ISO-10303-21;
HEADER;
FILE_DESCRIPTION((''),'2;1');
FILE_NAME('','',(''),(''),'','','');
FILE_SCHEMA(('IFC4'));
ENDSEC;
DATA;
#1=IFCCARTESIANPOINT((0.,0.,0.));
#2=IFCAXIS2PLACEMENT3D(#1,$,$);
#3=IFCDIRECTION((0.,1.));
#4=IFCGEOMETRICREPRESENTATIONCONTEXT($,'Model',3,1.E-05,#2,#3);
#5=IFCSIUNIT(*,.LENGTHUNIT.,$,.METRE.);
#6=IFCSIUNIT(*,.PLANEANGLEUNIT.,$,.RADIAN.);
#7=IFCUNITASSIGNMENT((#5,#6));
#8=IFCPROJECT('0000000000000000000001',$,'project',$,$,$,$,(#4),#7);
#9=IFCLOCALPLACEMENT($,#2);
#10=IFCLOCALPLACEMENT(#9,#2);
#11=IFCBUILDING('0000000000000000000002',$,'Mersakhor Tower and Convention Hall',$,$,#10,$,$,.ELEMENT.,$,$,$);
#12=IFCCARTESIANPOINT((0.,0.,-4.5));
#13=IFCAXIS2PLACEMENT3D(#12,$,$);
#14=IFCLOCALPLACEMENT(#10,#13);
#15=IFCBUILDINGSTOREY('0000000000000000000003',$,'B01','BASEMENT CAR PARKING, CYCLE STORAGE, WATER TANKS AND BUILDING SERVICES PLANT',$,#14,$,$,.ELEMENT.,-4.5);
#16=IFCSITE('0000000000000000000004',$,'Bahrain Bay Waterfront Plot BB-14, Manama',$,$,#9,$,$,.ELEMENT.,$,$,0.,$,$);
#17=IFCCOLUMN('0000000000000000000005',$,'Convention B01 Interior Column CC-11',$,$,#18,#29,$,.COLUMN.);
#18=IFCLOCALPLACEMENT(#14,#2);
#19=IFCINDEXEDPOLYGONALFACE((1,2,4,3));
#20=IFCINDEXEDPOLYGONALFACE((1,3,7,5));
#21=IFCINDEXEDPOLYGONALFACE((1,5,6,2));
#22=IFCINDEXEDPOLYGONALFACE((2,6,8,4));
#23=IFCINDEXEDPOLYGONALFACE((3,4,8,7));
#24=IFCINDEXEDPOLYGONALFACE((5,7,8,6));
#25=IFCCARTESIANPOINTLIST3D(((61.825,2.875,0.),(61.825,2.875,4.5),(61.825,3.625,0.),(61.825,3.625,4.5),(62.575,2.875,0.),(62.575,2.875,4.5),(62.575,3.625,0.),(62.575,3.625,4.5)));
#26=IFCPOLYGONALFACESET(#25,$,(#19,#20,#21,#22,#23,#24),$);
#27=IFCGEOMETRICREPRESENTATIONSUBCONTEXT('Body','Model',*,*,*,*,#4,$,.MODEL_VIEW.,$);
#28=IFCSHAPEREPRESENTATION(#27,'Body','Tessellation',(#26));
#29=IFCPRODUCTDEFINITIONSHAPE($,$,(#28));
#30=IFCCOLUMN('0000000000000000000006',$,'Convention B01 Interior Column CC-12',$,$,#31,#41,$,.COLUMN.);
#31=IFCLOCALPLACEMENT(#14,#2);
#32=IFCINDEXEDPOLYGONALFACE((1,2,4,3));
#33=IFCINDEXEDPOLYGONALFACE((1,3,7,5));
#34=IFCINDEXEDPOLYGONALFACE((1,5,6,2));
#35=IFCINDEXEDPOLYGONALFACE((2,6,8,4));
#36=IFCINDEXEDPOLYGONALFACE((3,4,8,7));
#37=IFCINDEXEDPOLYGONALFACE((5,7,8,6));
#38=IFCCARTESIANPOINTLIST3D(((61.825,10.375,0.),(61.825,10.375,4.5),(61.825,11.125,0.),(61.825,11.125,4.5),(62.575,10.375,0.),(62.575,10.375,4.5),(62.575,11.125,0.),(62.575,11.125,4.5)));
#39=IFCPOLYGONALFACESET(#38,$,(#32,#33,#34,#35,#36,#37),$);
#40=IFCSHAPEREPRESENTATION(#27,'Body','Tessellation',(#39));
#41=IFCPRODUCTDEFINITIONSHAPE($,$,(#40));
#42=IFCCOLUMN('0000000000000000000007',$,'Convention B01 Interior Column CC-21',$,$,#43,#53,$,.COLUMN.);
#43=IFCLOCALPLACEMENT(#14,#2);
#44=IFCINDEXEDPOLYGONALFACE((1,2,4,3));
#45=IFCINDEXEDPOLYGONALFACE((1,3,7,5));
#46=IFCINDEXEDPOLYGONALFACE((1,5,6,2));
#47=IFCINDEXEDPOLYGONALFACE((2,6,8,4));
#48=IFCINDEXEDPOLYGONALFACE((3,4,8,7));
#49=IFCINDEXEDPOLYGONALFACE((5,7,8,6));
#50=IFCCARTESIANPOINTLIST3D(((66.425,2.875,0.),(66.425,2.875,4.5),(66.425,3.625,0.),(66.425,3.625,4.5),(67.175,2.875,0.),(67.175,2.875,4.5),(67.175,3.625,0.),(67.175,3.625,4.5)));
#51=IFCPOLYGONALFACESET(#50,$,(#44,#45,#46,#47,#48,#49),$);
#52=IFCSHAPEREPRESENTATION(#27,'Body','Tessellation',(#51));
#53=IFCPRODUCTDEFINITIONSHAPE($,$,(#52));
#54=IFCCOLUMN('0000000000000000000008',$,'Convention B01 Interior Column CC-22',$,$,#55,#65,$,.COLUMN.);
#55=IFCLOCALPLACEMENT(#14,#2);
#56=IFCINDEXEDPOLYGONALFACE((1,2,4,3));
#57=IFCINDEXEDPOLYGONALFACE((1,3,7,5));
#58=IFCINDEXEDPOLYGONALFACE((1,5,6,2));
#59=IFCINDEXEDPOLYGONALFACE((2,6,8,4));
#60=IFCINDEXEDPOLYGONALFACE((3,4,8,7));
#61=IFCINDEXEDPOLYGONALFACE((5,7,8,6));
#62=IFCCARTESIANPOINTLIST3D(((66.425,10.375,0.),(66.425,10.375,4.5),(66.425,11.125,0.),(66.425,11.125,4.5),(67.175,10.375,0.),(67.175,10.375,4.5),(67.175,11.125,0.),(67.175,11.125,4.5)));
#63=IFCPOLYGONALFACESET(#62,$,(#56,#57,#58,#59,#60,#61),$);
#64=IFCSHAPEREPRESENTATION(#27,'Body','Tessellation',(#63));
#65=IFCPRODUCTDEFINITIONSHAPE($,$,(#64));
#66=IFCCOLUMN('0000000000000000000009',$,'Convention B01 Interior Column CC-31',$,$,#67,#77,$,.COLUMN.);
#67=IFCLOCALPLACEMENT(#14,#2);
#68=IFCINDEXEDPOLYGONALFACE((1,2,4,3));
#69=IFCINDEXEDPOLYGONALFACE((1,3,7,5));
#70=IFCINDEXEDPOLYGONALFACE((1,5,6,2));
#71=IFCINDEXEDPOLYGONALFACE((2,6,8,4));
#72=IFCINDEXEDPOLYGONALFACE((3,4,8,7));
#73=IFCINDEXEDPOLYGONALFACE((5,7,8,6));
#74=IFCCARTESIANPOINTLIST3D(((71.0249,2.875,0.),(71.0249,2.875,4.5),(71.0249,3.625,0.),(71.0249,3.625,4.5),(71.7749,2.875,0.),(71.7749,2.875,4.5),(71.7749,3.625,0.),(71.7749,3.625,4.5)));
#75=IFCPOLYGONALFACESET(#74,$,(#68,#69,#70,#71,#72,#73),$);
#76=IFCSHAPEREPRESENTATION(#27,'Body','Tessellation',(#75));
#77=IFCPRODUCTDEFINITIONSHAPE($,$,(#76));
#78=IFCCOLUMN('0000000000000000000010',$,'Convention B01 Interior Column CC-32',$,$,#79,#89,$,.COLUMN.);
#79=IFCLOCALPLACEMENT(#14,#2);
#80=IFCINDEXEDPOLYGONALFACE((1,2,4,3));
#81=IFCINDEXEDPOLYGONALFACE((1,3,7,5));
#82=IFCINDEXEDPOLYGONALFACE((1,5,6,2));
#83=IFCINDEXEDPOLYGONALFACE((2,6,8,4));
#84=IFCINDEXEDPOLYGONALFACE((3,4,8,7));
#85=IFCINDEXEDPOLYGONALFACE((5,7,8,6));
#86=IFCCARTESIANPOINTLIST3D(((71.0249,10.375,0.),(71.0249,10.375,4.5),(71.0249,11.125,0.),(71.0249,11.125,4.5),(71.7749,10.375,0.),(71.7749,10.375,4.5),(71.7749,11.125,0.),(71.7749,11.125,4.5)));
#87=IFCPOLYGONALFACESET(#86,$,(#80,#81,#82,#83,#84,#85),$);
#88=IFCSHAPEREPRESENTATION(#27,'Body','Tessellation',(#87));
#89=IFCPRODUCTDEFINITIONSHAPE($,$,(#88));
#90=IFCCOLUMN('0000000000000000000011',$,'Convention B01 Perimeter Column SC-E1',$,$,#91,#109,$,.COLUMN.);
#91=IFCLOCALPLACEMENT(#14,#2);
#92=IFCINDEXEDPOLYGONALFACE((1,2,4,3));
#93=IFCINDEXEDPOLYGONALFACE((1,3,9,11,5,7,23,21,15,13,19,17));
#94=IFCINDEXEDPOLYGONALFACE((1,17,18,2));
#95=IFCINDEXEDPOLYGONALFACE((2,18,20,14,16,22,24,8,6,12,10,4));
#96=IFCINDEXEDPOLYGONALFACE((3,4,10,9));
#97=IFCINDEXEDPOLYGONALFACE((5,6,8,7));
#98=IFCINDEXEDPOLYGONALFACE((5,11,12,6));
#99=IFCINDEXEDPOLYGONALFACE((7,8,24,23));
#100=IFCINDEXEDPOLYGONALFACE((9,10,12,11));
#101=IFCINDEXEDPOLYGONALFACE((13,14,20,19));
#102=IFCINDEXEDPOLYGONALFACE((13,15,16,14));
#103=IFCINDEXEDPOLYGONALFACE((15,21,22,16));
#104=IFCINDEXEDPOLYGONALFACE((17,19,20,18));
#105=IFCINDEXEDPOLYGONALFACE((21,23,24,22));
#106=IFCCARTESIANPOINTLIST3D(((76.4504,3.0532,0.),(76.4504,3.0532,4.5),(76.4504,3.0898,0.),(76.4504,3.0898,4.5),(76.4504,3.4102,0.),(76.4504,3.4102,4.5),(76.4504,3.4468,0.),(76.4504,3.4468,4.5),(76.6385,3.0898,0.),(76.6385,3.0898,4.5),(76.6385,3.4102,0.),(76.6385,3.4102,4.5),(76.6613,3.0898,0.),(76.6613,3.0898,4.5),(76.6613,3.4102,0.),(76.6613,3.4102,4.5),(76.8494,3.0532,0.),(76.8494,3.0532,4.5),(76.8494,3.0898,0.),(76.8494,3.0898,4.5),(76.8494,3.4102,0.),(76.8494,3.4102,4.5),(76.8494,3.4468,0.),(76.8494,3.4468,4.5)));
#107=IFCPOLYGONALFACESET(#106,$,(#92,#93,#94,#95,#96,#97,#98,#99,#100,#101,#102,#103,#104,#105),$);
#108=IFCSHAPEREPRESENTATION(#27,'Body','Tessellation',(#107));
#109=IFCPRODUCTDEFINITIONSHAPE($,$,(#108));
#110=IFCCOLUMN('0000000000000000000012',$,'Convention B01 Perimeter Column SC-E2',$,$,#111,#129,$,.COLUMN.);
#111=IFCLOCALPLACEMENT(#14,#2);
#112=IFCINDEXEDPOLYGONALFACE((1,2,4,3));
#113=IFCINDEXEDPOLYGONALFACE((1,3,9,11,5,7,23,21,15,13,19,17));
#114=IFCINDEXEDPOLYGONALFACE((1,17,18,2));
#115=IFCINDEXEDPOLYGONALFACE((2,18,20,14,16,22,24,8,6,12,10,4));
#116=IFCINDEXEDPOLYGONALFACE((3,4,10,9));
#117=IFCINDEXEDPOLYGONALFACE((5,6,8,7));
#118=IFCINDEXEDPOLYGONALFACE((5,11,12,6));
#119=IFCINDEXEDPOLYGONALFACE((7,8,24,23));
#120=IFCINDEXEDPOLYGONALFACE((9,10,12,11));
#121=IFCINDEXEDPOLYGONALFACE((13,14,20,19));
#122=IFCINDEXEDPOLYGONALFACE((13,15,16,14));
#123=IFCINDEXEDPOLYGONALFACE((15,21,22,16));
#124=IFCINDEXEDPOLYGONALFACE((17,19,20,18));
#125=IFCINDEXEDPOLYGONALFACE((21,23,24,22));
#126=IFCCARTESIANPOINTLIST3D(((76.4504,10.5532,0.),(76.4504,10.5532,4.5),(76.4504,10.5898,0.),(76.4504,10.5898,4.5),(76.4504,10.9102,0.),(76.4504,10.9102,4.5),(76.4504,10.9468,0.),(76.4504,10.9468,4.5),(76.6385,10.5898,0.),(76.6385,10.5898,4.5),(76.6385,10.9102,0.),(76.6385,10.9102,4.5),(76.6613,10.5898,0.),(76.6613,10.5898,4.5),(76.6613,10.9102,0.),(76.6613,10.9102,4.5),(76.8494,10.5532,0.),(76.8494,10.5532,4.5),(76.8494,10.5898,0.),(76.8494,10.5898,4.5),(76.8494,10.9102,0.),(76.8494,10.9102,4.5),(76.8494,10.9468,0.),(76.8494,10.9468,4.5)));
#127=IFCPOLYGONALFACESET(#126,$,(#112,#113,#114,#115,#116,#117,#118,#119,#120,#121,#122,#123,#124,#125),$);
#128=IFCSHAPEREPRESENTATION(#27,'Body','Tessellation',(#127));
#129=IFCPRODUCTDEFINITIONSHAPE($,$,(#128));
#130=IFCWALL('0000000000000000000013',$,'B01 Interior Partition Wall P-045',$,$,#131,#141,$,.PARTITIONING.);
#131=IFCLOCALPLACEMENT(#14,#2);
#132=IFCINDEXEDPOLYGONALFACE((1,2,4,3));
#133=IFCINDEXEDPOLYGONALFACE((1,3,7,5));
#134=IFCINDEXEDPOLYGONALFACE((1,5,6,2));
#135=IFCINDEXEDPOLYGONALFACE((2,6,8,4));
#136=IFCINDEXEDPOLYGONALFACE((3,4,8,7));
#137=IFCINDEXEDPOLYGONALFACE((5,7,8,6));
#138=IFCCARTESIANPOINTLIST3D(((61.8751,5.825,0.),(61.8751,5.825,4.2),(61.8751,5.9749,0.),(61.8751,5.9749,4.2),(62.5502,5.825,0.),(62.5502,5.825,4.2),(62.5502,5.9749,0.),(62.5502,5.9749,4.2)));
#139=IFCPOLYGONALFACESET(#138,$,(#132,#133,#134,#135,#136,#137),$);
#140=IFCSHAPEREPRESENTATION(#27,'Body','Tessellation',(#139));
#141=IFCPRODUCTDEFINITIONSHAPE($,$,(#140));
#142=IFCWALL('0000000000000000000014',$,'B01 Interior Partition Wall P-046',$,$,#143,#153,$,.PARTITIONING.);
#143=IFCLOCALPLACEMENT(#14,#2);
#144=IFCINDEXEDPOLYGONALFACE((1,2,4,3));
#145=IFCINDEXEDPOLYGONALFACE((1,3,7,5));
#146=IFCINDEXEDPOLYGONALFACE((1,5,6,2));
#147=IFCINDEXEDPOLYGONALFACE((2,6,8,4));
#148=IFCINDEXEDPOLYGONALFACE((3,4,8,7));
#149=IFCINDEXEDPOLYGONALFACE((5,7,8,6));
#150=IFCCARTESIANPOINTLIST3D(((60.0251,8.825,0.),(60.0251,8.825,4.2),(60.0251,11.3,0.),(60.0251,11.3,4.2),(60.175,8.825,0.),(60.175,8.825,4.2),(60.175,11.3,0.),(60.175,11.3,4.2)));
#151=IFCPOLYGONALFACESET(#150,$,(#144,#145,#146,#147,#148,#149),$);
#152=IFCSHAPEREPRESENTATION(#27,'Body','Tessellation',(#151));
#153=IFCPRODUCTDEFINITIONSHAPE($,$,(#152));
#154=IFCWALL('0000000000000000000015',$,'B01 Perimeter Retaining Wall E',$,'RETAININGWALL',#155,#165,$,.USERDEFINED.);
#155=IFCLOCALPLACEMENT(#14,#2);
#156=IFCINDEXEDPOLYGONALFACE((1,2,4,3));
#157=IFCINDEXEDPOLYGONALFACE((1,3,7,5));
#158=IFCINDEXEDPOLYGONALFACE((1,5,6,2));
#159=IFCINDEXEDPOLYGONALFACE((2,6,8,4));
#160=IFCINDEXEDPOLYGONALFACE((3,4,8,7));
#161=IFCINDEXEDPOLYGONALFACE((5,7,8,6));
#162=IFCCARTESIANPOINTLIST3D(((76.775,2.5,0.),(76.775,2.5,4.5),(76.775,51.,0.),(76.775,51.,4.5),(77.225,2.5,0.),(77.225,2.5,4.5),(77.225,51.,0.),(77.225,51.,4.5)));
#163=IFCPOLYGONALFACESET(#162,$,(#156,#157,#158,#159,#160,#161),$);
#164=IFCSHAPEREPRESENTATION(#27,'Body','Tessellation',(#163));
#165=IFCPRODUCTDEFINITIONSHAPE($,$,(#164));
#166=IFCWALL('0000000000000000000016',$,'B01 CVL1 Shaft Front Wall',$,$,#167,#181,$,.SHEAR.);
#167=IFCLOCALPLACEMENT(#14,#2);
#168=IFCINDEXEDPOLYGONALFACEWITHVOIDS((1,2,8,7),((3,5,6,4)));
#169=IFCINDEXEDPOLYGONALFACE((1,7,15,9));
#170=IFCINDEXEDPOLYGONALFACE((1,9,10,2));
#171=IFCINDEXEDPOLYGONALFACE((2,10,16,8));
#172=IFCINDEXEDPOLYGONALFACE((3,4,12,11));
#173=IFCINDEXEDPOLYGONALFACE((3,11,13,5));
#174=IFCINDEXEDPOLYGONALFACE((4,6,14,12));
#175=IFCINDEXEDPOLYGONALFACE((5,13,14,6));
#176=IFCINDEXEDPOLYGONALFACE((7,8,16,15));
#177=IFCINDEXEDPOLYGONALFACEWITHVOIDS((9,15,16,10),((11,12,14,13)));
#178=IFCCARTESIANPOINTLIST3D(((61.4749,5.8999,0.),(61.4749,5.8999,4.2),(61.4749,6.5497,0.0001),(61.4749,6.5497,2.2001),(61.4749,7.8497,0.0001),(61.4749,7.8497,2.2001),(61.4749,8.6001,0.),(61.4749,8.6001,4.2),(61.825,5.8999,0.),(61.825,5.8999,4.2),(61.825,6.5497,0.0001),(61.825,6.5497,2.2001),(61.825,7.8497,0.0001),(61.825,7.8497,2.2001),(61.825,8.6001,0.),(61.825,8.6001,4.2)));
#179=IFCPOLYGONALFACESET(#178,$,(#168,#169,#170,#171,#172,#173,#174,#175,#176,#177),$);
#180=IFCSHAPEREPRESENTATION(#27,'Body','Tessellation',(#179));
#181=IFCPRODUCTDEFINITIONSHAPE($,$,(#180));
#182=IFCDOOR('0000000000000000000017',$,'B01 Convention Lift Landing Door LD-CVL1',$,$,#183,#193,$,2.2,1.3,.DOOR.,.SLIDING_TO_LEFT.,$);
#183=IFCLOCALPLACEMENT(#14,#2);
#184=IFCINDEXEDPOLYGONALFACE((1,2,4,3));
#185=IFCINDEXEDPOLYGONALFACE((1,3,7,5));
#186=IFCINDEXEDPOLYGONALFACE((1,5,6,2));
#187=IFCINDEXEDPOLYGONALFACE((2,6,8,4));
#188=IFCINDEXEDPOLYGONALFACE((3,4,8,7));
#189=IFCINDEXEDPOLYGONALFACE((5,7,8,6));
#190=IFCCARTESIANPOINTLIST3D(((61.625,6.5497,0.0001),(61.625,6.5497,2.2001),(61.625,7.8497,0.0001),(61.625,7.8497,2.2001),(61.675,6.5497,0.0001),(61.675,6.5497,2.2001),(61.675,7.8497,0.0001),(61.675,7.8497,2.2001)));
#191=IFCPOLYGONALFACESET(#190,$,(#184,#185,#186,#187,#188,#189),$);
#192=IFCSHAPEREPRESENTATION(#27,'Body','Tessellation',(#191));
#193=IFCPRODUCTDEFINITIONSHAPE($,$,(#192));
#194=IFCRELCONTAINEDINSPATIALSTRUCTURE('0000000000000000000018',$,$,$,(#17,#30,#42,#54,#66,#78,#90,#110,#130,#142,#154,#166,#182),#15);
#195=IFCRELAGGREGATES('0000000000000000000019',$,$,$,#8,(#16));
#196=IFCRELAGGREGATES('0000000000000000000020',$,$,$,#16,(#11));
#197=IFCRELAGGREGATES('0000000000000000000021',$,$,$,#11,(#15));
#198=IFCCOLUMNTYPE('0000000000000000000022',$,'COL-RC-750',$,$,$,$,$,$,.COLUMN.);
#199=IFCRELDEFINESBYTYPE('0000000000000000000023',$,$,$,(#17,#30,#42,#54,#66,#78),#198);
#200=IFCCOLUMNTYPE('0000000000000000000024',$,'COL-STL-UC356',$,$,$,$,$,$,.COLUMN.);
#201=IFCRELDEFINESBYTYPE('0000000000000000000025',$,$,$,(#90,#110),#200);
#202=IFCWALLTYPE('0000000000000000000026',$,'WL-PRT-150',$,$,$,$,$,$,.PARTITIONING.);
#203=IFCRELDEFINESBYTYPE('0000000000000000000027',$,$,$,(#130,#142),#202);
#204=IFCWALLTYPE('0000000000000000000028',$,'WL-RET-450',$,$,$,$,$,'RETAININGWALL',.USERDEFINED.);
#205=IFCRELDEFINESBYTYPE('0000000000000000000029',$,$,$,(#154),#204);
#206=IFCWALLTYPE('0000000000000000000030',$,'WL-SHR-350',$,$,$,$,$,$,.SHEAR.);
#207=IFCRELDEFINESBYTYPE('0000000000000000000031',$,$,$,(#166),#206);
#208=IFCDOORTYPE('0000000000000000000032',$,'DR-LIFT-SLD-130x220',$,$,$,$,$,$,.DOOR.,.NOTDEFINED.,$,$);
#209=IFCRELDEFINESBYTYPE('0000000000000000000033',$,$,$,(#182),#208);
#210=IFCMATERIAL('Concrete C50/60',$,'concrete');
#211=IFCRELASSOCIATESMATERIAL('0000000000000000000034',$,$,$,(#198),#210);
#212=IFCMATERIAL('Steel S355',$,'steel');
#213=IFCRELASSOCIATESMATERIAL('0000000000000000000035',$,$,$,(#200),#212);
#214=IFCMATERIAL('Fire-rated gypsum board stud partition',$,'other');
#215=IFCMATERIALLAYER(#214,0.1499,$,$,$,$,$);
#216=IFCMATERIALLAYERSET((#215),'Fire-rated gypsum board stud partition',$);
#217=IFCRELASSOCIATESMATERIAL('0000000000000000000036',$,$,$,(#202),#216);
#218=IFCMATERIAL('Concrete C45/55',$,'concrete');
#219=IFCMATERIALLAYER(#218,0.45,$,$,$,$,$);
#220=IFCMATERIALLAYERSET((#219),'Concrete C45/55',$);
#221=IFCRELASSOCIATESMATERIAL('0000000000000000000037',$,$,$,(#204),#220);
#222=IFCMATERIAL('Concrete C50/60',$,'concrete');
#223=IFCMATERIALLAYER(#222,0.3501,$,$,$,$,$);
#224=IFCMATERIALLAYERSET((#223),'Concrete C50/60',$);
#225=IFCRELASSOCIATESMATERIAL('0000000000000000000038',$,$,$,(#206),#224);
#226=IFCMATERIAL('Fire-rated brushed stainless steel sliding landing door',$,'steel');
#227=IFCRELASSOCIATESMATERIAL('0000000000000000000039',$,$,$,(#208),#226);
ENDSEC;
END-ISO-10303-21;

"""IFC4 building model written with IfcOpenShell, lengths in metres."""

from ifc_helpers import new_model, si_unit, direction, frame, frame_2d, origin, origin_2d, place, context, subcontext, project, spatial, rectangle, i_section, extrude, material, layer, layer_set, material_profile, profile_set, type_object, element, fill, save


model = new_model("IFC4")

# Units and contexts
model_context = context("Model", 3, precision=1e-05, world=origin(), true_north=direction((0.0, 1.0)))
body_context = subcontext(model_context, "Body", "Model", "MODEL_VIEW")
ifc_project = project(units=[si_unit("LENGTHUNIT", "METRE"), si_unit("PLANEANGLEUNIT", "RADIAN")], contexts=[model_context])

# Site, building, storey
site_placement = place(None, origin())
site = spatial("IfcSite", under=ifc_project, at=site_placement, Name="Bahrain Bay Waterfront Plot BB-14, Manama", CompositionType="ELEMENT", RefElevation=0.0)
building_placement = place(site_placement, origin())
building = spatial("IfcBuilding", under=site, at=building_placement, Name="Mersakhor Tower and Convention Hall", CompositionType="ELEMENT")
storey_placement = place(building_placement, frame((0.0, 0.0, -4.5)))
storey = spatial("IfcBuildingStorey", under=building, at=storey_placement, Name="B01", Description="BASEMENT CAR PARKING, CYCLE STORAGE, WATER TANKS AND BUILDING SERVICES PLANT", CompositionType="ELEMENT", Elevation=-4.5)

# Columns
ifc_material_1 = material(Name="Concrete C50/60", Category="concrete")
ifc_material_profile_1 = material_profile(ifc_material_1, rectangle(XDim=0.75, YDim=0.75, at=origin_2d()), Name="RC 750x750")
ifc_profile_set_1 = profile_set([ifc_material_profile_1], Name="Concrete C50/60")
column_type_1 = type_object("IfcColumnType", Name="COL-RC-750", PredefinedType="COLUMN", material=ifc_profile_set_1)
for number, where, z_axis, x_axis, name in (
    (1, (62.2, 3.25, 0.0), (0.0, 0.0, 1.0), (1.0, 0.0, 0.0), "Convention B01 Interior Column CC-11"),
    (2, (62.2, 10.75, 0.0), (0.0, 0.0, 1.0), (1.0, 0.0, 0.0), "Convention B01 Interior Column CC-12"),
    (3, (66.8, 3.25, 0.0), (0.0, 0.0, 1.0), (1.0, 0.0, 0.0), "Convention B01 Interior Column CC-21"),
    (4, (66.8, 10.75, 0.0), (0.0, 0.0, 1.0), (1.0, 0.0, 0.0), "Convention B01 Interior Column CC-22"),
    (5, (71.3999, 3.25, 0.0), (0.0, 0.0, 1.0), (1.0, 0.0, 0.0), "Convention B01 Interior Column CC-31"),
    (6, (71.3999, 10.75, 0.0), (0.0, 0.0, 1.0), (1.0, 0.0, 0.0), "Convention B01 Interior Column CC-32"),
):
    element("IfcColumn", number, at=place(storey_placement, frame(where, z_axis=z_axis, x_axis=x_axis)), inside=storey, type_object=column_type_1, Name=name, PredefinedType="COLUMN", context=body_context, shape_type="SweptSolid", body=[
        extrude(rectangle(XDim=0.75, YDim=0.75, at=origin_2d()), origin(), (0.0, 0.0, 1.0), 4.5),
    ])
ifc_material_2 = material(Name="Steel S355", Category="steel")
ifc_material_profile_2 = material_profile(ifc_material_2, i_section(OverallWidth=0.3989, OverallDepth=0.3936, WebThickness=0.0227, FlangeThickness=0.0366, at=origin_2d()), Name="UC 356x406x287")
ifc_profile_set_2 = profile_set([ifc_material_profile_2], Name="Steel S355")
column_type_2 = type_object("IfcColumnType", Name="COL-STL-UC356", PredefinedType="COLUMN", material=ifc_profile_set_2)
for number, where, z_axis, x_axis, name in (
    (7, (76.6499, 3.25, 0.0), (0.0, 0.0, 1.0), (1.0, 0.0, 0.0), "Convention B01 Perimeter Column SC-E1"),
    (8, (76.6499, 10.75, 0.0), (0.0, 0.0, 1.0), (1.0, 0.0, 0.0), "Convention B01 Perimeter Column SC-E2"),
):
    element("IfcColumn", number, at=place(storey_placement, frame(where, z_axis=z_axis, x_axis=x_axis)), inside=storey, type_object=column_type_2, Name=name, PredefinedType="COLUMN", context=body_context, shape_type="SweptSolid", body=[
        extrude(i_section(OverallWidth=0.3989, OverallDepth=0.3936, WebThickness=0.0227, FlangeThickness=0.0366, at=origin_2d()), origin(), (0.0, 0.0, 1.0), 4.5),
    ])

# Walls
ifc_material_3 = material(Name="Fire-rated gypsum board stud partition", Category="other")
ifc_layer_1 = layer(ifc_material_3, 0.1499)
ifc_layer_set_1 = layer_set([ifc_layer_1], Name="Fire-rated gypsum board stud partition")
wall_type_1 = type_object("IfcWallType", Name="WL-PRT-150", PredefinedType="PARTITIONING", material=ifc_layer_set_1)
wall_1_placement = place(storey_placement, frame((62.55, 5.8999, 0.0), z_axis=(0.0, 0.0, 1.0), x_axis=(-1.0, 0.0, 0.0)))
element("IfcWall", 9, at=wall_1_placement, inside=storey, type_object=wall_type_1, Name="B01 Interior Partition Wall P-045", PredefinedType="PARTITIONING", context=body_context, shape_type="SweptSolid", body=[
    extrude(rectangle(XDim=0.675, YDim=0.1499, at=frame_2d((0.3374, 0.0))), origin(), (0.0, 0.0, 1.0), 4.2),
])
wall_2_placement = place(storey_placement, frame((60.1001, 8.825, 0.0), z_axis=(0.0, 0.0, 1.0), x_axis=(0.0, 1.0, 0.0)))
element("IfcWall", 10, at=wall_2_placement, inside=storey, type_object=wall_type_1, Name="B01 Interior Partition Wall P-046", PredefinedType="PARTITIONING", context=body_context, shape_type="SweptSolid", body=[
    extrude(rectangle(XDim=2.4751, YDim=0.1499, at=frame_2d((1.2375, 0.0))), origin(), (0.0, 0.0, 1.0), 4.2),
])
ifc_material_4 = material(Name="Concrete C45/55", Category="concrete")
ifc_layer_2 = layer(ifc_material_4, 0.45)
ifc_layer_set_2 = layer_set([ifc_layer_2], Name="Concrete C45/55")
wall_type_2 = type_object("IfcWallType", Name="WL-RET-450", ElementType="RETAININGWALL", PredefinedType="USERDEFINED", material=ifc_layer_set_2)
wall_3_placement = place(storey_placement, frame((77.0, 2.5, 0.0), z_axis=(0.0, 0.0, 1.0), x_axis=(0.0, 1.0, 0.0)))
element("IfcWall", 11, at=wall_3_placement, inside=storey, type_object=wall_type_2, Name="B01 Perimeter Retaining Wall E", ObjectType="RETAININGWALL", PredefinedType="USERDEFINED", context=body_context, shape_type="SweptSolid", body=[
    extrude(rectangle(XDim=48.5, YDim=0.45, at=frame_2d((24.25, 0.0))), origin(), (0.0, 0.0, 1.0), 4.5),
])

# Wall, opening, door
ifc_material_5 = material(Name="Concrete C50/60", Category="concrete")
ifc_layer_3 = layer(ifc_material_5, 0.3501)
ifc_layer_set_3 = layer_set([ifc_layer_3], Name="Concrete C50/60")
wall_type_3 = type_object("IfcWallType", Name="WL-SHR-350", PredefinedType="SHEAR", material=ifc_layer_set_3)
wall_4_placement = place(storey_placement, frame((61.6499, 5.8999, 0.0), z_axis=(0.0, 0.0, 1.0), x_axis=(0.0, 1.0, 0.0)))
wall_4 = element("IfcWall", 12, at=wall_4_placement, inside=storey, type_object=wall_type_3, Name="B01 CVL1 Shaft Front Wall", PredefinedType="SHEAR", context=body_context, shape_type="SweptSolid", body=[
    extrude(rectangle(XDim=2.7002, YDim=0.3501, at=frame_2d((1.3501, 0.0))), origin(), (0.0, 0.0, 1.0), 4.2),
])
opening_placement = place(wall_4_placement, frame((0.6499, 0.0, 0.0)))
opening = element("IfcOpeningElement", 13, at=opening_placement, cuts=wall_4, PredefinedType="OPENING", context=body_context, shape_type="SweptSolid", body=[
    extrude(rectangle(XDim=1.3, YDim=2.2, at=frame_2d((0.6499, 1.1001))), frame((0.0, 0.1851, 0.0), z_axis=(0.0, -1.0, 0.0), x_axis=(1.0, 0.0, 0.0)), (0.0, 0.0, 1.0), 0.3701),
])
ifc_material_6 = material(Name="Fire-rated brushed stainless steel sliding landing door", Category="steel")
door_type = type_object("IfcDoorType", Name="DR-LIFT-SLD-130x220", OperationType="NOTDEFINED", PredefinedType="DOOR", material=ifc_material_6)
door_placement = place(opening_placement, origin())
door = element("IfcDoor", 14, at=door_placement, inside=storey, type_object=door_type, Name="B01 Convention Lift Landing Door LD-CVL1", OperationType="SLIDING_TO_LEFT", OverallHeight=2.2, OverallWidth=1.3, PredefinedType="DOOR", context=body_context, shape_type="SweptSolid", body=[
    extrude(rectangle(XDim=1.3, YDim=2.2, at=frame_2d((0.6499, 1.1001))), frame((0.0, 0.0249, 0.0), z_axis=(0.0, -1.0, 0.0), x_axis=(1.0, 0.0, 0.0)), (0.0, 0.0, 1.0), 0.05),
])
fill(opening, door)

save(model, "model.ifc")
